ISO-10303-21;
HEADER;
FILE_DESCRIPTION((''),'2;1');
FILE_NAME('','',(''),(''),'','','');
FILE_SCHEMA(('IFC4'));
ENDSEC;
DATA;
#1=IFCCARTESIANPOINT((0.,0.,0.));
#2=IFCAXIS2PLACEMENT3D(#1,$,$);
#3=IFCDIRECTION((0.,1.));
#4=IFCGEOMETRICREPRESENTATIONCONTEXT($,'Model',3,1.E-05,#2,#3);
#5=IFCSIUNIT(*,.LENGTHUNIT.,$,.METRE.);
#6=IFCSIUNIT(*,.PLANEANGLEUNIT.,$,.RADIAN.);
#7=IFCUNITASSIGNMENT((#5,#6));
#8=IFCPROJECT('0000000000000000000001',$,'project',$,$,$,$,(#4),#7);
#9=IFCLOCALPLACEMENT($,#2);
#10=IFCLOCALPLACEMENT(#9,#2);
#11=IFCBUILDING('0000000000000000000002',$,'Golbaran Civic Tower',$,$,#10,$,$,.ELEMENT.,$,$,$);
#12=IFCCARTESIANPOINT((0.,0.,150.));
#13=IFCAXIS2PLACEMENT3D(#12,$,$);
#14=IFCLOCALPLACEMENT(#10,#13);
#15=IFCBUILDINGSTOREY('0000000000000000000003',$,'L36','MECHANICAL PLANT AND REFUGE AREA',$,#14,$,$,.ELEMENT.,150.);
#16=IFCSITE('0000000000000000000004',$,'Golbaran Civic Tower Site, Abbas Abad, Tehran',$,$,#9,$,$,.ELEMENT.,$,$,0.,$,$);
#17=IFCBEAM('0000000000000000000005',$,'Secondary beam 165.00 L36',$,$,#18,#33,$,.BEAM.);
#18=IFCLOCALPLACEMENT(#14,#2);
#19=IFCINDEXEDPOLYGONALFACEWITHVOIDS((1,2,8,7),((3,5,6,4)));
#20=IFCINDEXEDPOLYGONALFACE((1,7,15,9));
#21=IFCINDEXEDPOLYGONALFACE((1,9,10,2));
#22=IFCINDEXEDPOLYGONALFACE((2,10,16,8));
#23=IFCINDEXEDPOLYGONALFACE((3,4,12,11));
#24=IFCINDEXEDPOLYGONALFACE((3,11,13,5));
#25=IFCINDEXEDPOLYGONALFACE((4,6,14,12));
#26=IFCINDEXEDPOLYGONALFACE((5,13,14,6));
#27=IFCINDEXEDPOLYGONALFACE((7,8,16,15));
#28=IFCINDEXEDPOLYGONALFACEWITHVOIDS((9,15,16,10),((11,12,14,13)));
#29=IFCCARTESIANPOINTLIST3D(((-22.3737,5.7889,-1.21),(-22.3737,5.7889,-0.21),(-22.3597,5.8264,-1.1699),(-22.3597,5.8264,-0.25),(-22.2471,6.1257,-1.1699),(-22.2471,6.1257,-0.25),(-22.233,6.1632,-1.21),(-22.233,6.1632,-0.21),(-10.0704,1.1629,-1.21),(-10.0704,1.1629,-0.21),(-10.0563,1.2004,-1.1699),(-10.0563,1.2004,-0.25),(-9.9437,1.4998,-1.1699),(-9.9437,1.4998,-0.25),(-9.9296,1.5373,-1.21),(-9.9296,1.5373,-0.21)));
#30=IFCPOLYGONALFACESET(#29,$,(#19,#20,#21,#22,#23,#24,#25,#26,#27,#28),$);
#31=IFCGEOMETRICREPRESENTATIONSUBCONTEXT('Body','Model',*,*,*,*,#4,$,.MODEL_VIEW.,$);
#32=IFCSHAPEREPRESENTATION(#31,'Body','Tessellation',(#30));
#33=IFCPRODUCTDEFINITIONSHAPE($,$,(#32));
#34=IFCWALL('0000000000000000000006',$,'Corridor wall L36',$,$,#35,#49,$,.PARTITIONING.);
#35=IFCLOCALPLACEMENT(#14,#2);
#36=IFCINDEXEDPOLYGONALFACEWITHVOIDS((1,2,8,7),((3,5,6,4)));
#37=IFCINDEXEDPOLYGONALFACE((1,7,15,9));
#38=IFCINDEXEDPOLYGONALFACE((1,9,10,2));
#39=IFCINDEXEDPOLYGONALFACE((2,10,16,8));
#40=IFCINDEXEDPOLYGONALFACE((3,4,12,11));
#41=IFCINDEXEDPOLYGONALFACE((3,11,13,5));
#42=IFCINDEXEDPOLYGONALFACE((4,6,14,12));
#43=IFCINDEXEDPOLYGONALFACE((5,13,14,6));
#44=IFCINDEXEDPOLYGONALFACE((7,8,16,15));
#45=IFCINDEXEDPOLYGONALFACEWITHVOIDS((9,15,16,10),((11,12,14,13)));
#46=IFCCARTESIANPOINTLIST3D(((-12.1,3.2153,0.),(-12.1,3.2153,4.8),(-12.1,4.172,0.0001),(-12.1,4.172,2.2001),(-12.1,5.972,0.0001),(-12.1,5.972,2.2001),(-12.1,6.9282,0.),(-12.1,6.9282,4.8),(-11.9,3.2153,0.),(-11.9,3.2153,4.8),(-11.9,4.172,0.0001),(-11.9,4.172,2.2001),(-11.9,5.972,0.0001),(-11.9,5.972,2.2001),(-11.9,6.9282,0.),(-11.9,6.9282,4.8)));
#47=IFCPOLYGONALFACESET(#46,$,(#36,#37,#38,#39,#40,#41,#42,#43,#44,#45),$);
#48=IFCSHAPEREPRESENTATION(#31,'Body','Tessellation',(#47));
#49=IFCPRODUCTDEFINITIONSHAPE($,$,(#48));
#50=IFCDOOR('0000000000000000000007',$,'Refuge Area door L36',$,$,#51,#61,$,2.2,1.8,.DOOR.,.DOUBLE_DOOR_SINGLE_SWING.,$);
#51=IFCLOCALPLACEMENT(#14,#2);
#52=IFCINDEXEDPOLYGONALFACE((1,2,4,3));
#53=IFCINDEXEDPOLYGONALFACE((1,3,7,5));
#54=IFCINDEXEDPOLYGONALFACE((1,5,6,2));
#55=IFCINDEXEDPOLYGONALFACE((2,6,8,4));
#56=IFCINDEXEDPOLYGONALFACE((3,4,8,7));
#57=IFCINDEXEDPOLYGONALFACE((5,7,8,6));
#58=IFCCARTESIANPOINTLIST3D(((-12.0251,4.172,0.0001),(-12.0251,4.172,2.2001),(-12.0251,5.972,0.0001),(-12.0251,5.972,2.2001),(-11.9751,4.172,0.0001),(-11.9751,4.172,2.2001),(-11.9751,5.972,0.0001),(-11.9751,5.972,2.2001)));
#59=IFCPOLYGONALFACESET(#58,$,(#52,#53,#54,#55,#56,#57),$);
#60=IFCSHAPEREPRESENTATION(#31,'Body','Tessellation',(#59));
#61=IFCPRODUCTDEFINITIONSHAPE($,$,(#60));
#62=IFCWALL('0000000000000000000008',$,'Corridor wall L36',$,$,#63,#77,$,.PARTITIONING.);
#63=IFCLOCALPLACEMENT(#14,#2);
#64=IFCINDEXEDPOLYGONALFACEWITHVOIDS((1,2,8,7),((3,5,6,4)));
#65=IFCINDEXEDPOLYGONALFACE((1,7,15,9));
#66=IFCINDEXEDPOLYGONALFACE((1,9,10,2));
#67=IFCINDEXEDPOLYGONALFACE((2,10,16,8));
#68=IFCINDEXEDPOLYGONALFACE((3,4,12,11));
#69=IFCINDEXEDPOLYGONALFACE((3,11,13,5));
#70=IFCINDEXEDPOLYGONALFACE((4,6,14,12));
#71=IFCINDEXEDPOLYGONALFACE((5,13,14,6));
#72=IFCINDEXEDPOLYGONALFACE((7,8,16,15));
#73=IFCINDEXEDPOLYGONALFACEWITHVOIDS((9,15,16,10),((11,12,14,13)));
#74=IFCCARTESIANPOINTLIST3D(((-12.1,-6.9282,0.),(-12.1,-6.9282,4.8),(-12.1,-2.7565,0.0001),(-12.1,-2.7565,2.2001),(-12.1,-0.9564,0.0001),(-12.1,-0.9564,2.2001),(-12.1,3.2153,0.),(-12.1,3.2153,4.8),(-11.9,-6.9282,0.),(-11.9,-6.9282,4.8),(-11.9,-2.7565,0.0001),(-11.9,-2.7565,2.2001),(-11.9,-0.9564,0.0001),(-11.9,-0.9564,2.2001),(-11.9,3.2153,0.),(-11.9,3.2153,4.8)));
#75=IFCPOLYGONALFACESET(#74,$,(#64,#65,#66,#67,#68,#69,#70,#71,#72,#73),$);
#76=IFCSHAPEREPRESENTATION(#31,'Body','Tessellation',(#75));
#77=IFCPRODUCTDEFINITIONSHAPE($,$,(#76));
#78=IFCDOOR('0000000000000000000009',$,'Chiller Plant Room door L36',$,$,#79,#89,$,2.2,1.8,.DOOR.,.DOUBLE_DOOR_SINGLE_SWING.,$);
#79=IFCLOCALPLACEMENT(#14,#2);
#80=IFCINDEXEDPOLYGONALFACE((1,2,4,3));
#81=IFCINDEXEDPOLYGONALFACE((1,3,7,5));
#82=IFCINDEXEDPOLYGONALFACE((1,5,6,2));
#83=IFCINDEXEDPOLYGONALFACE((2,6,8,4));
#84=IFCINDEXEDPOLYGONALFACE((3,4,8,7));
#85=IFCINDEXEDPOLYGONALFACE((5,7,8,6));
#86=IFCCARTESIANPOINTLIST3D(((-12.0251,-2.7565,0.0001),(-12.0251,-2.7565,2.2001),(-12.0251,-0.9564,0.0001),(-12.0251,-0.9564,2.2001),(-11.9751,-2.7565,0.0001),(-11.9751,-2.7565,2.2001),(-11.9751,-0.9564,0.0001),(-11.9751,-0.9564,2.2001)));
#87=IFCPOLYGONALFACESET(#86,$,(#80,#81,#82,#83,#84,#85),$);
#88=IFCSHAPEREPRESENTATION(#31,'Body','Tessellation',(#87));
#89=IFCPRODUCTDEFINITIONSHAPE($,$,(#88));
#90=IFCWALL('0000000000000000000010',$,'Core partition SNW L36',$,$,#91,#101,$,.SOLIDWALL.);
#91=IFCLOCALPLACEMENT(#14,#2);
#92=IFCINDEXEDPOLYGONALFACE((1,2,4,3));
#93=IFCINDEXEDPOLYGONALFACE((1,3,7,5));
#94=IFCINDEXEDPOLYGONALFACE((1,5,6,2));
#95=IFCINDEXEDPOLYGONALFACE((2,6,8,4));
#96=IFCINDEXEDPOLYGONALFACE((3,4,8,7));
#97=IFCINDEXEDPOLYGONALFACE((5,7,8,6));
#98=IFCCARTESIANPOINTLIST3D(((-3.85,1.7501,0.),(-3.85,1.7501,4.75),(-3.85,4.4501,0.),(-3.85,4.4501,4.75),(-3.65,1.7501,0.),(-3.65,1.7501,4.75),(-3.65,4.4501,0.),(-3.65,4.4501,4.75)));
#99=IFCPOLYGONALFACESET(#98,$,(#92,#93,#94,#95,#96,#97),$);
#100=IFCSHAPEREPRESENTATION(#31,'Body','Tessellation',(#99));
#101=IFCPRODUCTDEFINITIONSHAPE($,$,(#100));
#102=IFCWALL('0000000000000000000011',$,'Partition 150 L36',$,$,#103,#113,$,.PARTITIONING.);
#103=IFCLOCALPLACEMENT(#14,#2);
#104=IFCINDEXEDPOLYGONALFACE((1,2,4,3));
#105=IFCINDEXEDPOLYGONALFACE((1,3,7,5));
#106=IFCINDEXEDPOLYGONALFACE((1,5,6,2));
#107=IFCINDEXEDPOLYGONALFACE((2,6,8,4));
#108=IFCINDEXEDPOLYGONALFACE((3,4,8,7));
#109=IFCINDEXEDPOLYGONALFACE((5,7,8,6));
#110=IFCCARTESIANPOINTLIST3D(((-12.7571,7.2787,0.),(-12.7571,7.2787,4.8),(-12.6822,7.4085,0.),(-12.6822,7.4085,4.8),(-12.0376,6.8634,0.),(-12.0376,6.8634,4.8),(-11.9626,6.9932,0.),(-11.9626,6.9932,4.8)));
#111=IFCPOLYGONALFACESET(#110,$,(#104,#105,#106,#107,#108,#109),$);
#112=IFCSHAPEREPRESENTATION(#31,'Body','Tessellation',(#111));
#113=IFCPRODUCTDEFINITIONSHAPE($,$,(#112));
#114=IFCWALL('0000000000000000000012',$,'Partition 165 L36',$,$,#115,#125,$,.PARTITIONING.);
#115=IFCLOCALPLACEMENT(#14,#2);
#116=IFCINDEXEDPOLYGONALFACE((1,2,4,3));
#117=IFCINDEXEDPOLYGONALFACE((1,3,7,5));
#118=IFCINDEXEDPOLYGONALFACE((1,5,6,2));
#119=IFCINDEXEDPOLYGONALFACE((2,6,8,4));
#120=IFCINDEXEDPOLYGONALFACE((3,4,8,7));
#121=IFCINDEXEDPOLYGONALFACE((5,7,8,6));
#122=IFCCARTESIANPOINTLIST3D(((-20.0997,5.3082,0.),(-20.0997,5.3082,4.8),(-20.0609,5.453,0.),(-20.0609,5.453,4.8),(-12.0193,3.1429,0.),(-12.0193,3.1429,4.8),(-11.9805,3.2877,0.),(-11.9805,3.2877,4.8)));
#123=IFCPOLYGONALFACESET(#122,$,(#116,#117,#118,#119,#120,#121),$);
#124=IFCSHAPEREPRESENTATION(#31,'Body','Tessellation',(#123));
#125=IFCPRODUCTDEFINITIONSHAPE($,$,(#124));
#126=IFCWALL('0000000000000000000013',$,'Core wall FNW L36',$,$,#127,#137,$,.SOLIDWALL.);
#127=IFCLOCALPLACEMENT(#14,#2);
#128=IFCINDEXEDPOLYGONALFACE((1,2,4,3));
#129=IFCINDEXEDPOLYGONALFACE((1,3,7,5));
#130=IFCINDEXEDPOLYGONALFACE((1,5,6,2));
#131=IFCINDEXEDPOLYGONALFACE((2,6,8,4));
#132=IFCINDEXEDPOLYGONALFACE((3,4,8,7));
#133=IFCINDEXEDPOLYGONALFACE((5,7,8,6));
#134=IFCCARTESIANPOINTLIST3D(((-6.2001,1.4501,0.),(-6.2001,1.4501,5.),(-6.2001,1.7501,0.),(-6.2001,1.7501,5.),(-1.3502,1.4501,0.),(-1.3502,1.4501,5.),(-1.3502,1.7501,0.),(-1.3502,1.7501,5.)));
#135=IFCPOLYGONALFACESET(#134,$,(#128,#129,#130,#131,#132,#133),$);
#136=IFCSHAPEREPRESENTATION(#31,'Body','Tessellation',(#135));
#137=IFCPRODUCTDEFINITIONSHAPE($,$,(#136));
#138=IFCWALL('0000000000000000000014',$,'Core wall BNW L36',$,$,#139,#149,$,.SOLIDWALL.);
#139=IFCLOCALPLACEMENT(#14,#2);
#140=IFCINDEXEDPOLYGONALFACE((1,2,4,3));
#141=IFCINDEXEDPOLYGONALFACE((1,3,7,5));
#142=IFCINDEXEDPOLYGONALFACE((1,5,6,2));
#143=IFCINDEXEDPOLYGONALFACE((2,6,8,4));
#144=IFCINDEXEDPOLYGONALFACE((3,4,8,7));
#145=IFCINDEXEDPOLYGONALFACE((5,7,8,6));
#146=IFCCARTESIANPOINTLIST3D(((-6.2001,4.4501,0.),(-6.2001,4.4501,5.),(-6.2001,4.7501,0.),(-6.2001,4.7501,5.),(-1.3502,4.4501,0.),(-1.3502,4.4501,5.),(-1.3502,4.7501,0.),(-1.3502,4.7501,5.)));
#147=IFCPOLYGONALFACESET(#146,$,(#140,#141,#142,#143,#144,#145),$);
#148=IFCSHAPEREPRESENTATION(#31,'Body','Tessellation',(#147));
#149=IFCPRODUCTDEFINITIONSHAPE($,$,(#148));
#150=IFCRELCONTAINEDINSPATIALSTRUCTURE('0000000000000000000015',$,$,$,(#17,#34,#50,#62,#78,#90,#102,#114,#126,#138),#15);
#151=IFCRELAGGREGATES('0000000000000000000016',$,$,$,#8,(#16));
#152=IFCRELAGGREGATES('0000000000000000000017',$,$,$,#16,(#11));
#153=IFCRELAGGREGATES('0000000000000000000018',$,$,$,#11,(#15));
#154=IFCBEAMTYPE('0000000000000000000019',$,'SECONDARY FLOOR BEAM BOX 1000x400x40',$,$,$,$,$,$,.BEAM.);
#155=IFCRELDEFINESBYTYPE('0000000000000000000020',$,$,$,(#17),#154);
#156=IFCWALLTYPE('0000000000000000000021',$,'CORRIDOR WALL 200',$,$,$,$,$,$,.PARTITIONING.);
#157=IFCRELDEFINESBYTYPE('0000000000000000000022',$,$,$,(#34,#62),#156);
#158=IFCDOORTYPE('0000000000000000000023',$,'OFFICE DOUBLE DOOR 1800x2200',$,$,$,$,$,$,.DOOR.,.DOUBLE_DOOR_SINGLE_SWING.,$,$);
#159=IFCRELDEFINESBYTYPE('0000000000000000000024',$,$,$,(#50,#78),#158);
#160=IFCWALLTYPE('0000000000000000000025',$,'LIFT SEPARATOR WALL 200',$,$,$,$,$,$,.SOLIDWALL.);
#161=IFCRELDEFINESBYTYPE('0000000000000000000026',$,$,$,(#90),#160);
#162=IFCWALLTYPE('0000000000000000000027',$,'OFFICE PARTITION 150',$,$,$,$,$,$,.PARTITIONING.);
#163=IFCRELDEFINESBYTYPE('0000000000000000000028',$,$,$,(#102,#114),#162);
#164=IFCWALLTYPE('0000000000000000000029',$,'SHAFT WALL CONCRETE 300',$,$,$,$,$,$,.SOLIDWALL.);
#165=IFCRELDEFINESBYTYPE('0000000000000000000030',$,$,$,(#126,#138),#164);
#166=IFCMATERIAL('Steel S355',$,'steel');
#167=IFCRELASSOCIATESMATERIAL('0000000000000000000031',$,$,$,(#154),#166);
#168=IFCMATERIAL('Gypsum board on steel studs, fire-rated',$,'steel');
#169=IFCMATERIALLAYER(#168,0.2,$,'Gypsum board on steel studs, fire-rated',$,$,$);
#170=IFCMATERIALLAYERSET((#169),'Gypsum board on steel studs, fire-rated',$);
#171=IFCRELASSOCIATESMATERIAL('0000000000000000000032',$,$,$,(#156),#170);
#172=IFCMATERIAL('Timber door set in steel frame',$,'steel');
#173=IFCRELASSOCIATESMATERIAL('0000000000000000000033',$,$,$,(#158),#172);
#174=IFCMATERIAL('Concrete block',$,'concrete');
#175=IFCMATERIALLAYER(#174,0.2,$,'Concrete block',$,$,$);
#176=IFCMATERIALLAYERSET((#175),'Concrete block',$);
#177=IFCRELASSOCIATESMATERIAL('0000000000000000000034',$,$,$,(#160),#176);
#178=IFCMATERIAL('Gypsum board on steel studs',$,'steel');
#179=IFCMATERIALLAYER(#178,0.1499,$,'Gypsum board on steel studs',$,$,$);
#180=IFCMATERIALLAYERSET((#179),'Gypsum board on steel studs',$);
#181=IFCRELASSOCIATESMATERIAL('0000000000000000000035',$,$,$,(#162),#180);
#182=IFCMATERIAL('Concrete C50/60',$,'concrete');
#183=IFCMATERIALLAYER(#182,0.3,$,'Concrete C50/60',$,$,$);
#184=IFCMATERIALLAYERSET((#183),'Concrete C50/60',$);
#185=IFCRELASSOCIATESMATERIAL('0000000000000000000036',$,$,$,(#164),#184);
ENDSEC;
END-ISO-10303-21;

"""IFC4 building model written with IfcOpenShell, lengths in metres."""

from ifc_helpers import new_model, si_unit, direction, frame, frame_2d, origin, origin_2d, place, context, subcontext, project, spatial, rectangle, hollow_rectangle, extrude, material, layer, layer_set, material_profile, profile_set, type_object, element, fill, save


model = new_model("IFC4")

# Units and contexts
model_context = context("Model", 3, precision=1e-05, world=origin(), true_north=direction((0.0, 1.0)))
body_context = subcontext(model_context, "Body", "Model", "MODEL_VIEW")
ifc_project = project(units=[si_unit("LENGTHUNIT", "METRE"), si_unit("PLANEANGLEUNIT", "RADIAN")], contexts=[model_context])

# Site, building, storey
site_placement = place(None, origin())
site = spatial("IfcSite", under=ifc_project, at=site_placement, Name="Golbaran Civic Tower Site, Abbas Abad, Tehran", CompositionType="ELEMENT", RefElevation=0.0)
building_placement = place(site_placement, origin())
building = spatial("IfcBuilding", under=site, at=building_placement, Name="Golbaran Civic Tower", CompositionType="ELEMENT")
storey_placement = place(building_placement, frame((0.0, 0.0, 150.0)))
storey = spatial("IfcBuildingStorey", under=building, at=storey_placement, Name="L36", Description="MECHANICAL PLANT AND REFUGE AREA", CompositionType="ELEMENT", Elevation=150.0)

# Beam
ifc_material_1 = material(Name="Steel S355", Category="steel")
ifc_material_profile_1 = material_profile(ifc_material_1, hollow_rectangle(XDim=0.3999, YDim=1.0, WallThickness=0.04, at=origin_2d()), Name="BOX 1000x400x40")
ifc_profile_set_1 = profile_set([ifc_material_profile_1], Name="Steel S355")
beam_type_1 = type_object("IfcBeamType", Name="SECONDARY FLOOR BEAM BOX 1000x400x40", PredefinedType="BEAM", material=ifc_profile_set_1)
beam_1_placement = place(storey_placement, frame((-10.0, 1.3501, -0.71), z_axis=(-0.936024, 0.351935, 0.0), x_axis=(-0.351935, -0.936024, 0.0)))
element("IfcBeam", 1, at=beam_1_placement, inside=storey, type_object=beam_type_1, Name="Secondary beam 165.00 L36", PredefinedType="BEAM", context=body_context, shape_type="SweptSolid", body=[
    extrude(hollow_rectangle(XDim=0.3999, YDim=1.0, WallThickness=0.04, at=origin_2d()), origin(), (0.0, 0.0, 1.0), 13.1443),
])

# Walls, openings, doors
ifc_material_2 = material(Name="Gypsum board on steel studs, fire-rated", Category="steel")
ifc_layer_1 = layer(ifc_material_2, 0.2, Name="Gypsum board on steel studs, fire-rated")
ifc_layer_set_1 = layer_set([ifc_layer_1], Name="Gypsum board on steel studs, fire-rated")
wall_type_1 = type_object("IfcWallType", Name="CORRIDOR WALL 200", PredefinedType="PARTITIONING", material=ifc_layer_set_1)
wall_1_placement = place(storey_placement, frame((-12.0, 6.9282, 0.0), z_axis=(0.0, 0.0, 1.0), x_axis=(0.0, -1.0, 0.0)))
wall_1 = element("IfcWall", 2, at=wall_1_placement, inside=storey, type_object=wall_type_1, Name="Corridor wall L36", PredefinedType="PARTITIONING", context=body_context, shape_type="SweptSolid", body=[
    extrude(rectangle(XDim=3.7129, YDim=0.2, at=frame_2d((1.8564, 0.0))), origin(), (0.0, 0.0, 1.0), 4.8),
])
opening_1_placement = place(wall_1_placement, frame((0.9563, 0.0, 0.0)))
opening_1 = element("IfcOpeningElement", 3, at=opening_1_placement, cuts=wall_1, PredefinedType="OPENING", context=body_context, shape_type="SweptSolid", body=[
    extrude(rectangle(XDim=1.8, YDim=2.2, at=frame_2d((0.8999, 1.1001))), frame((0.0, 0.1099, 0.0), z_axis=(0.0, -1.0, 0.0), x_axis=(1.0, 0.0, 0.0)), (0.0, 0.0, 1.0), 0.22),
])
ifc_material_3 = material(Name="Timber door set in steel frame", Category="steel")
door_type_1 = type_object("IfcDoorType", Name="OFFICE DOUBLE DOOR 1800x2200", OperationType="DOUBLE_DOOR_SINGLE_SWING", PredefinedType="DOOR", material=ifc_material_3)
door_1_placement = place(opening_1_placement, origin())
door_1 = element("IfcDoor", 4, at=door_1_placement, inside=storey, type_object=door_type_1, Name="Refuge Area door L36", OperationType="DOUBLE_DOOR_SINGLE_SWING", OverallHeight=2.2, OverallWidth=1.8, PredefinedType="DOOR", context=body_context, shape_type="SweptSolid", body=[
    extrude(rectangle(XDim=1.8, YDim=2.2, at=frame_2d((0.8999, 1.1001))), frame((0.0, 0.0249, 0.0), z_axis=(0.0, -1.0, 0.0), x_axis=(1.0, 0.0, 0.0)), (0.0, 0.0, 1.0), 0.05),
])
fill(opening_1, door_1)
wall_2_placement = place(storey_placement, frame((-12.0, 3.2153, 0.0), z_axis=(0.0, 0.0, 1.0), x_axis=(0.0, -1.0, 0.0)))
wall_2 = element("IfcWall", 5, at=wall_2_placement, inside=storey, type_object=wall_type_1, Name="Corridor wall L36", PredefinedType="PARTITIONING", context=body_context, shape_type="SweptSolid", body=[
    extrude(rectangle(XDim=10.1436, YDim=0.2, at=frame_2d((5.0718, 0.0))), origin(), (0.0, 0.0, 1.0), 4.8),
])
opening_2_placement = place(wall_2_placement, frame((4.1719, 0.0, 0.0)))
opening_2 = element("IfcOpeningElement", 6, at=opening_2_placement, cuts=wall_2, PredefinedType="OPENING", context=body_context, shape_type="SweptSolid", body=[
    extrude(rectangle(XDim=1.8, YDim=2.2, at=frame_2d((0.8999, 1.1001))), frame((0.0, 0.1099, 0.0), z_axis=(0.0, -1.0, 0.0), x_axis=(1.0, 0.0, 0.0)), (0.0, 0.0, 1.0), 0.22),
])
door_2_placement = place(opening_2_placement, origin())
door_2 = element("IfcDoor", 7, at=door_2_placement, inside=storey, type_object=door_type_1, Name="Chiller Plant Room door L36", OperationType="DOUBLE_DOOR_SINGLE_SWING", OverallHeight=2.2, OverallWidth=1.8, PredefinedType="DOOR", context=body_context, shape_type="SweptSolid", body=[
    extrude(rectangle(XDim=1.8, YDim=2.2, at=frame_2d((0.8999, 1.1001))), frame((0.0, 0.0249, 0.0), z_axis=(0.0, -1.0, 0.0), x_axis=(1.0, 0.0, 0.0)), (0.0, 0.0, 1.0), 0.05),
])
fill(opening_2, door_2)

# Walls
ifc_material_4 = material(Name="Concrete block", Category="concrete")
ifc_layer_2 = layer(ifc_material_4, 0.2, Name="Concrete block")
ifc_layer_set_2 = layer_set([ifc_layer_2], Name="Concrete block")
wall_type_2 = type_object("IfcWallType", Name="LIFT SEPARATOR WALL 200", PredefinedType="SOLIDWALL", material=ifc_layer_set_2)
wall_3_placement = place(storey_placement, frame((-3.75, 1.75, 0.0), z_axis=(0.0, 0.0, 1.0), x_axis=(0.0, 1.0, 0.0)))
element("IfcWall", 8, at=wall_3_placement, inside=storey, type_object=wall_type_2, Name="Core partition SNW L36", PredefinedType="SOLIDWALL", context=body_context, shape_type="SweptSolid", body=[
    extrude(rectangle(XDim=2.7, YDim=0.2, at=frame_2d((1.3501, 0.0))), origin(), (0.0, 0.0, 1.0), 4.75),
])
ifc_material_5 = material(Name="Gypsum board on steel studs", Category="steel")
ifc_layer_3 = layer(ifc_material_5, 0.1499, Name="Gypsum board on steel studs")
ifc_layer_set_3 = layer_set([ifc_layer_3], Name="Gypsum board on steel studs")
wall_type_3 = type_object("IfcWallType", Name="OFFICE PARTITION 150", PredefinedType="PARTITIONING", material=ifc_layer_set_3)
wall_4_placement = place(storey_placement, frame((-12.0, 6.9282, 0.0), z_axis=(0.0, 0.0, 1.0), x_axis=(-0.866083, 0.499901, 0.0)))
element("IfcWall", 9, at=wall_4_placement, inside=storey, type_object=wall_type_3, Name="Partition 150 L36", PredefinedType="PARTITIONING", context=body_context, shape_type="SweptSolid", body=[
    extrude(rectangle(XDim=0.8308, YDim=0.1499, at=frame_2d((0.4155, 0.0))), origin(), (0.0, 0.0, 1.0), 4.8),
])
wall_5_placement = place(storey_placement, frame((-12.0, 3.2153, 0.0), z_axis=(0.0, 0.0, 1.0), x_axis=(-0.965921, 0.258838, 0.0)))
element("IfcWall", 10, at=wall_5_placement, inside=storey, type_object=wall_type_3, Name="Partition 165 L36", PredefinedType="PARTITIONING", context=body_context, shape_type="SweptSolid", body=[
    extrude(rectangle(XDim=8.3655, YDim=0.1499, at=frame_2d((4.1826, 0.0))), origin(), (0.0, 0.0, 1.0), 4.8),
])
ifc_material_6 = material(Name="Concrete C50/60", Category="concrete")
ifc_layer_4 = layer(ifc_material_6, 0.3, Name="Concrete C50/60")
ifc_layer_set_4 = layer_set([ifc_layer_4], Name="Concrete C50/60")
wall_type_4 = type_object("IfcWallType", Name="SHAFT WALL CONCRETE 300", PredefinedType="SOLIDWALL", material=ifc_layer_set_4)
for number, where, z_axis, x_axis, name in (
    (11, (-6.2, 1.6001, 0.0), (0.0, 0.0, 1.0), (1.0, 0.0, 0.0), "Core wall FNW L36"),
    (12, (-6.2, 4.6001, 0.0), (0.0, 0.0, 1.0), (1.0, 0.0, 0.0), "Core wall BNW L36"),
):
    element("IfcWall", number, at=place(storey_placement, frame(where, z_axis=z_axis, x_axis=x_axis)), inside=storey, type_object=wall_type_4, Name=name, PredefinedType="SOLIDWALL", context=body_context, shape_type="SweptSolid", body=[
        extrude(rectangle(XDim=4.8499, YDim=0.3, at=frame_2d((2.4248, 0.0))), origin(), (0.0, 0.0, 1.0), 5.0),
    ])

save(model, "model.ifc")
